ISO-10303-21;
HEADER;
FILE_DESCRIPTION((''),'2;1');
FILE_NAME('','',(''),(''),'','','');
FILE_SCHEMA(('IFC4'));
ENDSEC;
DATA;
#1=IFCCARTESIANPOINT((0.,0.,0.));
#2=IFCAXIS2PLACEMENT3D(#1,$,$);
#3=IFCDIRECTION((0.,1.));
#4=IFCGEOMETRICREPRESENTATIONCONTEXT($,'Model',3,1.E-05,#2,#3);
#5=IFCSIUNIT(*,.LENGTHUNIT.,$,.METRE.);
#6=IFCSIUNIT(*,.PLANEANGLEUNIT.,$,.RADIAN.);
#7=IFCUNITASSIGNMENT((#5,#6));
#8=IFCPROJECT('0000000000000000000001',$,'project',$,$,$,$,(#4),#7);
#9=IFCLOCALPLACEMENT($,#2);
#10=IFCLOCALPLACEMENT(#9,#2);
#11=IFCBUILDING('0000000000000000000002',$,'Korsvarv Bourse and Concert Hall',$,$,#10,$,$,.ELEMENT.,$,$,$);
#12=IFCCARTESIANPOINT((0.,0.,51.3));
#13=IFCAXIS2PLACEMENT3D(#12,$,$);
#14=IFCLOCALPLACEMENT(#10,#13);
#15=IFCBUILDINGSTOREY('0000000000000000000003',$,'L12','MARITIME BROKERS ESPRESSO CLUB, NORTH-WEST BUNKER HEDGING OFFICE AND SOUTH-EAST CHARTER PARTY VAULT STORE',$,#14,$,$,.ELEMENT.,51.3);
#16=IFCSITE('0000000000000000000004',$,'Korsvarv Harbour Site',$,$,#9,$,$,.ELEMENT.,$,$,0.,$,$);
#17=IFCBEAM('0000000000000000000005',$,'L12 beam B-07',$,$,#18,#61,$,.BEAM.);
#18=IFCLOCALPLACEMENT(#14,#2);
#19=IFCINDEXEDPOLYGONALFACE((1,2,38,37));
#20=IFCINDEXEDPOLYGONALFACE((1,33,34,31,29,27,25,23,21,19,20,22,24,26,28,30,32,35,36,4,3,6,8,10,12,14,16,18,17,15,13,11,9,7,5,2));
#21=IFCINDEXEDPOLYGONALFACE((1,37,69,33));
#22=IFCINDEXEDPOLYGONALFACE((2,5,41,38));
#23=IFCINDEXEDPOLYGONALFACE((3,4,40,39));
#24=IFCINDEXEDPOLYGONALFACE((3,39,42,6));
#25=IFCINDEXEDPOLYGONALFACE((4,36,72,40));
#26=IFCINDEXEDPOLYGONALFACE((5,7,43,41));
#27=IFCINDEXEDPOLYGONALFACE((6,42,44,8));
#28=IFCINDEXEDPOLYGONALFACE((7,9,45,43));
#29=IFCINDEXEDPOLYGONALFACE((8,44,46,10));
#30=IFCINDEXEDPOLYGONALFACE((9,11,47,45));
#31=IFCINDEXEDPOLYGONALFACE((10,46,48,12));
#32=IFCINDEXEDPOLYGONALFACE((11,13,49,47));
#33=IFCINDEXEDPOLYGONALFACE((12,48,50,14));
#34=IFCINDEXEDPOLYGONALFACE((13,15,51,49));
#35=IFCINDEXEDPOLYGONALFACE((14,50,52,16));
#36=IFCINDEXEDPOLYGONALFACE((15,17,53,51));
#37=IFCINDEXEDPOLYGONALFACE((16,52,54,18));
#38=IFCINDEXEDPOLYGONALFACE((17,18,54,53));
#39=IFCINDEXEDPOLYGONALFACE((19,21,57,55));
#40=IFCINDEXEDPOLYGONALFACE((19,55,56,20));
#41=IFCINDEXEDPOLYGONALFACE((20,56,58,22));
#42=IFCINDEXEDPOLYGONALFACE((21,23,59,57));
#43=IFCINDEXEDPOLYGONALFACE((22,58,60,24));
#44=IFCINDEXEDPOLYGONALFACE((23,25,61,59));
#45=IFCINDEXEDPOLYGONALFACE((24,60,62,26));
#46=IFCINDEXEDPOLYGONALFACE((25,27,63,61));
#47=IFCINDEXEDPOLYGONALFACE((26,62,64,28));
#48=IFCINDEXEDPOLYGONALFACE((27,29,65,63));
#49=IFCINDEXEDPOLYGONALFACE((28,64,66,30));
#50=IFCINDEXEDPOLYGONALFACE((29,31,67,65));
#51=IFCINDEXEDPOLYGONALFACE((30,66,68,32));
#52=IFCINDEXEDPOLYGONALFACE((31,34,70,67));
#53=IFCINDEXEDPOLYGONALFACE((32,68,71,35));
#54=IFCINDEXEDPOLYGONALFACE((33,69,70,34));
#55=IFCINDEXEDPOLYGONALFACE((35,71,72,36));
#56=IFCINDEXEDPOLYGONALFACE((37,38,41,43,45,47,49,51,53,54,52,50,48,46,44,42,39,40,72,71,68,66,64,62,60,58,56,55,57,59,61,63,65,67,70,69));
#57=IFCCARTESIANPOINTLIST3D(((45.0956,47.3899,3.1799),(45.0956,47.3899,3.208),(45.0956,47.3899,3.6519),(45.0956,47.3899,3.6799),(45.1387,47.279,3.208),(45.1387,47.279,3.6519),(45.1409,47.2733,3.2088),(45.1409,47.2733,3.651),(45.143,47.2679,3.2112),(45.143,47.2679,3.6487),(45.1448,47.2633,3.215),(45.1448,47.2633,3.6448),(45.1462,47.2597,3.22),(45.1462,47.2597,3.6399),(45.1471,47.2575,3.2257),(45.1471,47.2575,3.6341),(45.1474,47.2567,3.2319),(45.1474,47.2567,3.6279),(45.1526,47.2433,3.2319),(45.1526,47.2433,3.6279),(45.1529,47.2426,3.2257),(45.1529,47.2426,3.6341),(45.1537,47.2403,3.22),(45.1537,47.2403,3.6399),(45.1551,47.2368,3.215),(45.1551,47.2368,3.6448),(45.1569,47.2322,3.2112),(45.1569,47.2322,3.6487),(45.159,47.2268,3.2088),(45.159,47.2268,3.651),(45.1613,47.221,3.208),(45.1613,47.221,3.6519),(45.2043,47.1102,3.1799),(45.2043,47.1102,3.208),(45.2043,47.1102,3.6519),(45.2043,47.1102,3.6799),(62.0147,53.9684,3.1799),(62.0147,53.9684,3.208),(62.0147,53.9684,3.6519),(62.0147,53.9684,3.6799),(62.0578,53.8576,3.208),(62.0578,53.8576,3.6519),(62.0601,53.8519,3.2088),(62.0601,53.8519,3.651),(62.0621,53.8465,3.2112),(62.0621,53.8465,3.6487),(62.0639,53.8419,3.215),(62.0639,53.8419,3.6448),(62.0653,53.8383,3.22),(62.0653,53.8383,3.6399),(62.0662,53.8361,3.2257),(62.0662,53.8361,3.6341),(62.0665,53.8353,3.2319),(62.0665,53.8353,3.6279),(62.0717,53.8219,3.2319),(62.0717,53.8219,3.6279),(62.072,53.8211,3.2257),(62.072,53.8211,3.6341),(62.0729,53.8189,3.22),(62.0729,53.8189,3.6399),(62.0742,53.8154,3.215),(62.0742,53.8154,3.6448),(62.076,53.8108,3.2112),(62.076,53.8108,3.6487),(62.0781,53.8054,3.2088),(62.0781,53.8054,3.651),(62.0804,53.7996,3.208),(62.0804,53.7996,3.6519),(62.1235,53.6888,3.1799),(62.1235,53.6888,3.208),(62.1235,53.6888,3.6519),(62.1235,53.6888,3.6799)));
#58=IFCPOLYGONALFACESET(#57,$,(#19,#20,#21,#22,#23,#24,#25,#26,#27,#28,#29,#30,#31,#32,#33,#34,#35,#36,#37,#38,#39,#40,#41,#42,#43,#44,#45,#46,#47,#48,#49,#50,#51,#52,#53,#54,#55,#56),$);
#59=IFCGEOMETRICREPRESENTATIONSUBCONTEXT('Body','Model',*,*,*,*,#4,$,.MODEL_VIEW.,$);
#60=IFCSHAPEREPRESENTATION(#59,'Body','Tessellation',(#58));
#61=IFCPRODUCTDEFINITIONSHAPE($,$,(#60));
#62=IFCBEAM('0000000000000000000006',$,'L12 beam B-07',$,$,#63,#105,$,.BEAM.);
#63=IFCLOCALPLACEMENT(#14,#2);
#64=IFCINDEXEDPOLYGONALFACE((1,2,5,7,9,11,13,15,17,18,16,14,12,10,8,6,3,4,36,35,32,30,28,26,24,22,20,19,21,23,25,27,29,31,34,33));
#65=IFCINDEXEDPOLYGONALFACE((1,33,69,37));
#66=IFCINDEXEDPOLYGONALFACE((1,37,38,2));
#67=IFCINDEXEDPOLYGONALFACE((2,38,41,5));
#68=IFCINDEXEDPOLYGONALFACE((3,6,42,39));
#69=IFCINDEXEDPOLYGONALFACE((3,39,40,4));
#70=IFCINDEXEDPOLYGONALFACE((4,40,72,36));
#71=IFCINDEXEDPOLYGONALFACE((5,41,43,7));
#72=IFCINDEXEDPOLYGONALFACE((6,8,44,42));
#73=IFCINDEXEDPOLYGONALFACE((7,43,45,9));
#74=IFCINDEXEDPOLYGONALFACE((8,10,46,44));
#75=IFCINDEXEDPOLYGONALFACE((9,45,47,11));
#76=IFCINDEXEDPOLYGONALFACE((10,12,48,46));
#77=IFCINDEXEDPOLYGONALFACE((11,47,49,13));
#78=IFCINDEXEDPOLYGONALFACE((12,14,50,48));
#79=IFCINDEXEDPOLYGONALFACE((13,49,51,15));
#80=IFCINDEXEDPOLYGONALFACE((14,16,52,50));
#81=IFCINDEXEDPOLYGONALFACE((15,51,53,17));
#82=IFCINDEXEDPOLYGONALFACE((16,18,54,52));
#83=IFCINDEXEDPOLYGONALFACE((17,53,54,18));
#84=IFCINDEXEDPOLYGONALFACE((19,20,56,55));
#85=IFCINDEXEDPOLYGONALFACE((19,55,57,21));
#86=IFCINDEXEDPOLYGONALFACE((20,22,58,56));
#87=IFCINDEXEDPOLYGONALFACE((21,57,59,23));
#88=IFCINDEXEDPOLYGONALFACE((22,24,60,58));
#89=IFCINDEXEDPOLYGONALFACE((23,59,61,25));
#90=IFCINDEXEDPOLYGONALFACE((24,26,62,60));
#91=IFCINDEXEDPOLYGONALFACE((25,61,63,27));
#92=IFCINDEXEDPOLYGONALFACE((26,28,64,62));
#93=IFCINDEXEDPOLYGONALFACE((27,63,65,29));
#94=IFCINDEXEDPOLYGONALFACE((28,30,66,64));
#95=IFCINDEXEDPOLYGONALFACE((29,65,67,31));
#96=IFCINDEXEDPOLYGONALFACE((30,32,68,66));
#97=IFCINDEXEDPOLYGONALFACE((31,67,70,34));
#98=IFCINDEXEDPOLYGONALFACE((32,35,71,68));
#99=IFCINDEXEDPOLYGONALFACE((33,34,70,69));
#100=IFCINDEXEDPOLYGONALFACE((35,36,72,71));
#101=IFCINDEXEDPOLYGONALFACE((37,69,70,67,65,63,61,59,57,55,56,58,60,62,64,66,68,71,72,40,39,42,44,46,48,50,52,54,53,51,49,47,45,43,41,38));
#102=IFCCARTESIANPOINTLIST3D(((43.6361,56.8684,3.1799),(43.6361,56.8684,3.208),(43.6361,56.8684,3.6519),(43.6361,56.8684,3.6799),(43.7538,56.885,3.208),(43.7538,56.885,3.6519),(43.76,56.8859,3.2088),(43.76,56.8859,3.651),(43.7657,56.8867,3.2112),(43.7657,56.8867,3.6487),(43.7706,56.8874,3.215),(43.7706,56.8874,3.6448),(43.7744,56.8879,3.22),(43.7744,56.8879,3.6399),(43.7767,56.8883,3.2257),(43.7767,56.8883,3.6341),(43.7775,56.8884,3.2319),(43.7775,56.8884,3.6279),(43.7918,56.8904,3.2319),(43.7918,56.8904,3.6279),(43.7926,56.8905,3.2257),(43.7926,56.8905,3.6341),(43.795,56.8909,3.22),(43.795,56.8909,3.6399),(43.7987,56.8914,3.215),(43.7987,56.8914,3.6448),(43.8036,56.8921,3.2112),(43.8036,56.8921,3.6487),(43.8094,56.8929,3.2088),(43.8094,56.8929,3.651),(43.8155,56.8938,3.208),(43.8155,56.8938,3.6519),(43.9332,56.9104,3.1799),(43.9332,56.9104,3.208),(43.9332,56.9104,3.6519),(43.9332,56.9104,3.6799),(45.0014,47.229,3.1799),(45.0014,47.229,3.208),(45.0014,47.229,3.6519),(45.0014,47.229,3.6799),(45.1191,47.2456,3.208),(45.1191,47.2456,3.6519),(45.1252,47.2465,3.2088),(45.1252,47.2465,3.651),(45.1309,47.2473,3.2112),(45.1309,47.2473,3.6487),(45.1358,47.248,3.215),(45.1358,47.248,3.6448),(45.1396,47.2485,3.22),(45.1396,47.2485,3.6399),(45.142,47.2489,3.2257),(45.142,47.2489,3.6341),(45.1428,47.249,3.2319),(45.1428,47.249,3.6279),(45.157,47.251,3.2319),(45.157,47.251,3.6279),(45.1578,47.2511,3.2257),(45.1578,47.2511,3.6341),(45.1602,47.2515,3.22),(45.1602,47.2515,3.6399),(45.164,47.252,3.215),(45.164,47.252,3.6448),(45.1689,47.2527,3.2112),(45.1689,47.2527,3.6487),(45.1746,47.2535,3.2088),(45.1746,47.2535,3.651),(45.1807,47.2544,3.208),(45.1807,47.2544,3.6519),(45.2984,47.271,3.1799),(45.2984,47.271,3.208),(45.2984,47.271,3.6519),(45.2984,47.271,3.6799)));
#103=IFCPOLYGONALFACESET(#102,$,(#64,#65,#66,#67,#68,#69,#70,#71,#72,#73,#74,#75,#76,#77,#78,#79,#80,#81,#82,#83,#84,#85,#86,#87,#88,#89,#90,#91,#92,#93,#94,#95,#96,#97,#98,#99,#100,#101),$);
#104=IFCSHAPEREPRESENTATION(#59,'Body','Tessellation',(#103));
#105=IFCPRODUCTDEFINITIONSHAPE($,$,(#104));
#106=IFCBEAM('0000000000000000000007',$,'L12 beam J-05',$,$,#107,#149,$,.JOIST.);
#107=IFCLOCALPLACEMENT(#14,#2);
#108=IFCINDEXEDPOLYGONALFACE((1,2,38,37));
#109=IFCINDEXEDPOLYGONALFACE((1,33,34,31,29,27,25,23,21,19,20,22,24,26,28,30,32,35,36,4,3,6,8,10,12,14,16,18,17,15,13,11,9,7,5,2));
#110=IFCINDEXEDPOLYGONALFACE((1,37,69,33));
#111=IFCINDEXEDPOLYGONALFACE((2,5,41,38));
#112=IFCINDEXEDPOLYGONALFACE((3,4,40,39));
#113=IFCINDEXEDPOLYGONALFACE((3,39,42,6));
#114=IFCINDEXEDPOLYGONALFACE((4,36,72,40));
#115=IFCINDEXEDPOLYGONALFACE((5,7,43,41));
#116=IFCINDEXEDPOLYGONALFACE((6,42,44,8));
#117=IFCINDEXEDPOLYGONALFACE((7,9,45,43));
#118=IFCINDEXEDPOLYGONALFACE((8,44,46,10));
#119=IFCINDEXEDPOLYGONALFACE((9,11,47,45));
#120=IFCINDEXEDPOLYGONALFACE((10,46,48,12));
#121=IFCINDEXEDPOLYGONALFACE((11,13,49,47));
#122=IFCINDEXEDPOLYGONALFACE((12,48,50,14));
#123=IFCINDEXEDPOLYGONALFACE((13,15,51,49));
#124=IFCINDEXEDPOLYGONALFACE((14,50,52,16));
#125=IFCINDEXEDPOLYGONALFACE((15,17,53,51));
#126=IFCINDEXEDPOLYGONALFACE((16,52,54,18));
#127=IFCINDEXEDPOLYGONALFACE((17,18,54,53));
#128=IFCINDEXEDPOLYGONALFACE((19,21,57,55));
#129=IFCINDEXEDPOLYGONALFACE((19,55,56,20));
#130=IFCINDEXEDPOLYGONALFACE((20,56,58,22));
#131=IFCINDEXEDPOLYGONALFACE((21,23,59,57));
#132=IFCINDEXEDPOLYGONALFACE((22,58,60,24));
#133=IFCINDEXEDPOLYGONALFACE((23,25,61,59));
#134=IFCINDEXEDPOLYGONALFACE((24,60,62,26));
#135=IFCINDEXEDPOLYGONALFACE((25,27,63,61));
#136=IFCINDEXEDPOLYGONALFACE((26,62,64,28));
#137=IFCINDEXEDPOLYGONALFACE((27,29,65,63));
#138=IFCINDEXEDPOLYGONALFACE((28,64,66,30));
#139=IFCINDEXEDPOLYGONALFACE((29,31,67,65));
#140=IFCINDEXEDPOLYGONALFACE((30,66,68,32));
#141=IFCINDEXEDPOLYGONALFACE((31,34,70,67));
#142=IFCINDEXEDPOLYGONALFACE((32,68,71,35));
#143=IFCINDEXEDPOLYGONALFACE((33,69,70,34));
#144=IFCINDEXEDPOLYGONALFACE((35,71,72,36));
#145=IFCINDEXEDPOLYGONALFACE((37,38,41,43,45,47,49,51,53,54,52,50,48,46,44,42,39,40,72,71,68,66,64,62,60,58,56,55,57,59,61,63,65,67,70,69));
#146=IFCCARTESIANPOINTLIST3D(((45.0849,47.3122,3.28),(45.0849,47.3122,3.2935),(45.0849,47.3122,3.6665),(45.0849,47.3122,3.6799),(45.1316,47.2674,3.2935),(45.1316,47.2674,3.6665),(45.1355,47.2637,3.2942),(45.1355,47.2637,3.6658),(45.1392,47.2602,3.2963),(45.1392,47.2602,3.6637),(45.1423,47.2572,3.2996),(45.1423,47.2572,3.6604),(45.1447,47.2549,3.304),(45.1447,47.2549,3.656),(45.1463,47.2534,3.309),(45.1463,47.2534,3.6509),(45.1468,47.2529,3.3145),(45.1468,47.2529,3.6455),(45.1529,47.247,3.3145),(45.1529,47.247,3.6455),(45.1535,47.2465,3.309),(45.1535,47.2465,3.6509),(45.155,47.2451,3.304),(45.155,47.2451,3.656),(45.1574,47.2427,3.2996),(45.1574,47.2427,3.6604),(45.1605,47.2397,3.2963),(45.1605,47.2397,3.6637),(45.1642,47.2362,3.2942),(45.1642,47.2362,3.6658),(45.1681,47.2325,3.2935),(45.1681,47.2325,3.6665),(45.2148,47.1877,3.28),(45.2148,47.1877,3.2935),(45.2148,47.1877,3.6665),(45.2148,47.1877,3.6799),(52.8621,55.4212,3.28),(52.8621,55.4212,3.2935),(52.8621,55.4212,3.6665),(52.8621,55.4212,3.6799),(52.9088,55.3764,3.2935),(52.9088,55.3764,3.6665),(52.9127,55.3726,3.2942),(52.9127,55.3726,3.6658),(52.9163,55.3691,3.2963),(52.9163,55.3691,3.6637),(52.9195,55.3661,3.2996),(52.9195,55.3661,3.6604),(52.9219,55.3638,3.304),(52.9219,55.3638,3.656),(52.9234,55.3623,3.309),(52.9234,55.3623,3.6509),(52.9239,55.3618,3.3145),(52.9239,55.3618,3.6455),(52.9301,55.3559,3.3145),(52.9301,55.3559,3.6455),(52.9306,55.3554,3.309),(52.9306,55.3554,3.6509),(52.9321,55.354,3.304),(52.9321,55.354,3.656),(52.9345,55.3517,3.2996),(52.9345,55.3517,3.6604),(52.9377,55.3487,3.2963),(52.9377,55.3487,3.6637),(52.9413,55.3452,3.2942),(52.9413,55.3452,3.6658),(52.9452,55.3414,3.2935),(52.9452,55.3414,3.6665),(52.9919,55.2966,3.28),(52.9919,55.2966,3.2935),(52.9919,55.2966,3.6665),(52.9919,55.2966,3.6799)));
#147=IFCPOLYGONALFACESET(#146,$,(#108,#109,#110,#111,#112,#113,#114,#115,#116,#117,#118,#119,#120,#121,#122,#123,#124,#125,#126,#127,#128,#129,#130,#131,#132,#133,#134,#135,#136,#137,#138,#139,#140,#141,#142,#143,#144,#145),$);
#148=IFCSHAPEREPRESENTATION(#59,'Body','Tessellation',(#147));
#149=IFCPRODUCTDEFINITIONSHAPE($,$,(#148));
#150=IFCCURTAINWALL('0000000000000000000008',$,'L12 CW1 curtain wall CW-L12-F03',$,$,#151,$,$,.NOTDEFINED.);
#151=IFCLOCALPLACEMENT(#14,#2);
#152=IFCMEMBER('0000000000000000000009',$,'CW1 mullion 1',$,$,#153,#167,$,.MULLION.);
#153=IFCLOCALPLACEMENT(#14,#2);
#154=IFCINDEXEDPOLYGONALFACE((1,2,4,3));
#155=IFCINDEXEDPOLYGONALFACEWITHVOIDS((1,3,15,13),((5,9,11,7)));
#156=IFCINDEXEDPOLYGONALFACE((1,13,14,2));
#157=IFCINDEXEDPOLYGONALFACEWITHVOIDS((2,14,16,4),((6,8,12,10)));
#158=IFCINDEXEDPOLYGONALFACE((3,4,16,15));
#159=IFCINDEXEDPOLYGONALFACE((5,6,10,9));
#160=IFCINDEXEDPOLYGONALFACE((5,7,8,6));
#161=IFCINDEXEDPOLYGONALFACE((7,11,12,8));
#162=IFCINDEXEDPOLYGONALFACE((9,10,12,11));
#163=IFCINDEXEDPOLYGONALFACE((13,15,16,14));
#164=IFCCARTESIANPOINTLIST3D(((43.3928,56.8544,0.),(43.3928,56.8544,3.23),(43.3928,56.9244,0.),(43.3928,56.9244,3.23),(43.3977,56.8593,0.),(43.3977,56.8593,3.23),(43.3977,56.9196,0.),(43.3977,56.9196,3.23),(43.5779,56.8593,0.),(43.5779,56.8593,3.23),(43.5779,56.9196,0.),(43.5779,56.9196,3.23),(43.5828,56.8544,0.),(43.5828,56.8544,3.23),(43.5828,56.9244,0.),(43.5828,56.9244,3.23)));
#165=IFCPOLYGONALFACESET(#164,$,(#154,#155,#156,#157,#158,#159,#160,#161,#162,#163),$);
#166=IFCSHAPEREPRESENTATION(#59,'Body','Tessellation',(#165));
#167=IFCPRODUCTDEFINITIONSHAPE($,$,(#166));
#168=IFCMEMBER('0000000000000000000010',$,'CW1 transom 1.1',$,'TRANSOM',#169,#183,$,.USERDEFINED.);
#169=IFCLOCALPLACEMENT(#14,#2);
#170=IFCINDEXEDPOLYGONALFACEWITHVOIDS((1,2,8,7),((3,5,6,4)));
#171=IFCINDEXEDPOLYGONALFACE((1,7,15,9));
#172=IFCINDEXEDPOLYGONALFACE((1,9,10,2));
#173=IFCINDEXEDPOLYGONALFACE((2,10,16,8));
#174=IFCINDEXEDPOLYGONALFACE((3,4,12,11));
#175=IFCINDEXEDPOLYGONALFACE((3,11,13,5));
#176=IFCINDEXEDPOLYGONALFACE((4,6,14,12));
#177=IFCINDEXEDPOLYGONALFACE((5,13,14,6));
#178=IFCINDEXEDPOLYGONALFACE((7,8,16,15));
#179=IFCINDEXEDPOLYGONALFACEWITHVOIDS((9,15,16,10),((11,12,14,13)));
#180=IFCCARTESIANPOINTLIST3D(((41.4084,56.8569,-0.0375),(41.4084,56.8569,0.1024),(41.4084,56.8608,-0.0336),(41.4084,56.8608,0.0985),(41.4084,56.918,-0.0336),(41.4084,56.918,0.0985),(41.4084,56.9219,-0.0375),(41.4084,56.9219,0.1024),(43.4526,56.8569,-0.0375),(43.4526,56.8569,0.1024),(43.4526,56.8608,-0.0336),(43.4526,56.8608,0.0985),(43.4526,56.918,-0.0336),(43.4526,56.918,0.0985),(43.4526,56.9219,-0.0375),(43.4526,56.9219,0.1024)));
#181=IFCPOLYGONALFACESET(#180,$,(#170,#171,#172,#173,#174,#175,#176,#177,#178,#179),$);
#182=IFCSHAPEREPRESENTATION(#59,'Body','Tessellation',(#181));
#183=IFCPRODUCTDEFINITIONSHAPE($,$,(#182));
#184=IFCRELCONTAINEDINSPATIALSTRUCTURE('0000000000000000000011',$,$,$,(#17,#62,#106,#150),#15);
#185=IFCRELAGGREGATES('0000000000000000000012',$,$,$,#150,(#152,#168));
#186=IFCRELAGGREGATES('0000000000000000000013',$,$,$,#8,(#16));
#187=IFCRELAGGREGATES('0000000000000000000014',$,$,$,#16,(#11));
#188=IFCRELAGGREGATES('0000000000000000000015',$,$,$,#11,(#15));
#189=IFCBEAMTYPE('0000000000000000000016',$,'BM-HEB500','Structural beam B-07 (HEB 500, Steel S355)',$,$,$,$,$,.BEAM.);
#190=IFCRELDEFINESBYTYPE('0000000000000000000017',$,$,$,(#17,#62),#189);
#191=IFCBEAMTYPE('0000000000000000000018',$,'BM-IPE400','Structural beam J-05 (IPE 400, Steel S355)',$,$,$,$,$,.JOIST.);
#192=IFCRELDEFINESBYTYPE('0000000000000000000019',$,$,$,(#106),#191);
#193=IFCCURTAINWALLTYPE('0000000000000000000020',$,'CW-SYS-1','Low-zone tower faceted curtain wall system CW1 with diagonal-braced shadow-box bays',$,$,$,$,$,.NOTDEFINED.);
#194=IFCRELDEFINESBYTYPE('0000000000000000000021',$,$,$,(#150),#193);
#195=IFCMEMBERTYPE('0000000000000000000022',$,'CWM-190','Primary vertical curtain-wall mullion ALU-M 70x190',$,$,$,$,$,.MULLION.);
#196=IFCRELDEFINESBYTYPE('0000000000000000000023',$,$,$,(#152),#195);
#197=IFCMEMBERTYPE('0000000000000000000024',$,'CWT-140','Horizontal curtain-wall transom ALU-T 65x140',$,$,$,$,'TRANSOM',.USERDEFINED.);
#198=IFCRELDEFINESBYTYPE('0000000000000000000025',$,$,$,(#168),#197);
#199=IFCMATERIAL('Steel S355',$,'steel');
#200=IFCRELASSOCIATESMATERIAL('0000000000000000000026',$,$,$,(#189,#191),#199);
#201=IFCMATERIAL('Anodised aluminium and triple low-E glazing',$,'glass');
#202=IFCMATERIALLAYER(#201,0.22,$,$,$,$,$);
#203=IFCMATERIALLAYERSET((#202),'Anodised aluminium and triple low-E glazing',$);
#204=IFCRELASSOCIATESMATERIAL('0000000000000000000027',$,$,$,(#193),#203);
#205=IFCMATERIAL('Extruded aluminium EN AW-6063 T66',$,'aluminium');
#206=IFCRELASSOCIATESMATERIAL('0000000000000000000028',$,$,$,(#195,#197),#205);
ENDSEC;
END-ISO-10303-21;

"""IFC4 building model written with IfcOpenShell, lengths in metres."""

from ifc_helpers import new_model, si_unit, direction, frame, origin, origin_2d, place, context, subcontext, project, spatial, hollow_rectangle, i_section, extrude, source, transform, mapped, material, layer, layer_set, material_profile, profile_set, type_object, element, aggregate, save


model = new_model("IFC4")

# Units and contexts
model_context = context("Model", 3, precision=1e-05, world=origin(), true_north=direction((0.0, 1.0)))
body_context = subcontext(model_context, "Body", "Model", "MODEL_VIEW")
ifc_project = project(units=[si_unit("LENGTHUNIT", "METRE"), si_unit("PLANEANGLEUNIT", "RADIAN")], contexts=[model_context])

# Site, building, storey
site_placement = place(None, origin())
site = spatial("IfcSite", under=ifc_project, at=site_placement, Name="Korsvarv Harbour Site", CompositionType="ELEMENT", RefElevation=0.0)
building_placement = place(site_placement, origin())
building = spatial("IfcBuilding", under=site, at=building_placement, Name="Korsvarv Bourse and Concert Hall", CompositionType="ELEMENT")
storey_placement = place(building_placement, frame((0.0, 0.0, 51.3)))
storey = spatial("IfcBuildingStorey", under=building, at=storey_placement, Name="L12", Description="MARITIME BROKERS ESPRESSO CLUB, NORTH-WEST BUNKER HEDGING OFFICE AND SOUTH-EAST CHARTER PARTY VAULT STORE", CompositionType="ELEMENT", Elevation=51.3)

# Beams
ifc_material_1 = material(Name="Steel S355", Category="steel")
ifc_material_profile_1 = material_profile(ifc_material_1, i_section(OverallWidth=0.3, OverallDepth=0.5, WebThickness=0.0144, FlangeThickness=0.0281, FilletRadius=0.0239, at=origin_2d()), Name="HEB 500")
ifc_profile_set_1 = profile_set([ifc_material_profile_1], Name="Steel S355")
beam_type_1 = type_object("IfcBeamType", Name="BM-HEB500", Description="Structural beam B-07 (HEB 500, Steel S355)", PredefinedType="BEAM", material=ifc_profile_set_1)
shared_shape_1 = source(origin(), body_context, "Body", "SweptSolid", [
    extrude(i_section(OverallWidth=0.3, OverallDepth=0.5, WebThickness=0.0144, FlangeThickness=0.0281, FilletRadius=0.0239, at=origin_2d()), origin(), (0.0, 0.0, 1.0), 18.1531),
])
beam_1_placement = place(storey_placement, frame((62.0691, 53.8286, 3.4299), z_axis=(-0.932025, -0.362395, 0.0), x_axis=(0.362395, -0.932025, 0.0)))
element("IfcBeam", 1, at=beam_1_placement, inside=storey, type_object=beam_type_1, Name="L12 beam B-07", PredefinedType="BEAM", context=body_context, shape_type="MappedRepresentation", body=[
    mapped(shared_shape_1, transform((0.0, 0.0, 0.0), scale=1.0)),
])
shared_shape_2 = source(origin(), body_context, "Body", "SweptSolid", [
    extrude(i_section(OverallWidth=0.3, OverallDepth=0.5, WebThickness=0.0144, FlangeThickness=0.0281, FilletRadius=0.0239, at=origin_2d()), origin(), (0.0, 0.0, 1.0), 9.7356),
])
beam_2_placement = place(storey_placement, frame((43.7847, 56.8894, 3.4299), z_axis=(0.140231, -0.990119, 0.0), x_axis=(0.990119, 0.140231, 0.0)))
element("IfcBeam", 2, at=beam_2_placement, inside=storey, type_object=beam_type_1, Name="L12 beam B-07", PredefinedType="BEAM", context=body_context, shape_type="MappedRepresentation", body=[
    mapped(shared_shape_2, transform((0.0, 0.0, 0.0), scale=1.0)),
])
ifc_material_profile_2 = material_profile(ifc_material_1, i_section(OverallWidth=0.1799, OverallDepth=0.3999, WebThickness=0.0085, FlangeThickness=0.0134, FilletRadius=0.021, at=origin_2d()), Name="IPE 400")
ifc_profile_set_2 = profile_set([ifc_material_profile_2], Name="Steel S355")
beam_type_2 = type_object("IfcBeamType", Name="BM-IPE400", Description="Structural beam J-05 (IPE 400, Steel S355)", PredefinedType="JOIST", material=ifc_profile_set_2)
shared_shape_3 = source(origin(), body_context, "Body", "SweptSolid", [
    extrude(i_section(OverallWidth=0.1799, OverallDepth=0.3999, WebThickness=0.0085, FlangeThickness=0.0134, FilletRadius=0.021, at=origin_2d()), origin(), (0.0, 0.0, 1.0), 11.2356),
])
beam_3_placement = place(storey_placement, frame((52.927, 55.3589, 3.48), z_axis=(-0.692188, -0.721718, 0.0), x_axis=(0.721718, -0.692188, 0.0)))
element("IfcBeam", 3, at=beam_3_placement, inside=storey, type_object=beam_type_2, Name="L12 beam J-05", PredefinedType="JOIST", context=body_context, shape_type="MappedRepresentation", body=[
    mapped(shared_shape_3, transform((0.0, 0.0, 0.0), scale=1.0)),
])

# Curtain wall, members
ifc_material_2 = material(Name="Anodised aluminium and triple low-E glazing", Category="glass")
ifc_layer_1 = layer(ifc_material_2, 0.22)
ifc_layer_set_1 = layer_set([ifc_layer_1], Name="Anodised aluminium and triple low-E glazing")
curtain_wall_type = type_object("IfcCurtainWallType", Name="CW-SYS-1", Description="Low-zone tower faceted curtain wall system CW1 with diagonal-braced shadow-box bays", PredefinedType="NOTDEFINED", material=ifc_layer_set_1)
curtain_wall_placement = place(storey_placement, origin())
curtain_wall = element("IfcCurtainWall", 4, at=curtain_wall_placement, inside=storey, type_object=curtain_wall_type, Name="L12 CW1 curtain wall CW-L12-F03", PredefinedType="NOTDEFINED")
ifc_material_3 = material(Name="Extruded aluminium EN AW-6063 T66", Category="aluminium")
ifc_material_profile_3 = material_profile(ifc_material_3, hollow_rectangle(XDim=0.0701, YDim=0.1899, WallThickness=0.0049, at=origin_2d()), Name="ALU-M 70x190")
ifc_profile_set_3 = profile_set([ifc_material_profile_3], Name="Extruded aluminium EN AW-6063 T66")
member_type_1 = type_object("IfcMemberType", Name="CWM-190", Description="Primary vertical curtain-wall mullion ALU-M 70x190", PredefinedType="MULLION", material=ifc_profile_set_3)
shared_shape_4 = source(origin(), body_context, "Body", "SweptSolid", [
    extrude(hollow_rectangle(XDim=0.0701, YDim=0.1899, WallThickness=0.0049, at=origin_2d()), origin(), (0.0, 0.0, 1.0), 3.23),
])
member_1_placement = place(storey_placement, frame((43.4878, 56.8894, 0.0), z_axis=(0.0, 0.0, 1.0), x_axis=(0.0, -1.0, 0.0)))
member_1 = element("IfcMember", 5, at=member_1_placement, type_object=member_type_1, Name="CW1 mullion 1", PredefinedType="MULLION", context=body_context, shape_type="MappedRepresentation", body=[
    mapped(shared_shape_4, transform((0.0, 0.0, 0.0), scale=1.0)),
])
ifc_material_profile_4 = material_profile(ifc_material_3, hollow_rectangle(XDim=0.0649, YDim=0.1399, WallThickness=0.0039, at=origin_2d()), Name="ALU-T 65x140")
ifc_profile_set_4 = profile_set([ifc_material_profile_4], Name="Extruded aluminium EN AW-6063 T66")
member_type_2 = type_object("IfcMemberType", Name="CWT-140", Description="Horizontal curtain-wall transom ALU-T 65x140", ElementType="TRANSOM", PredefinedType="USERDEFINED", material=ifc_profile_set_4)
shared_shape_5 = source(origin(), body_context, "Body", "SweptSolid", [
    extrude(hollow_rectangle(XDim=0.0649, YDim=0.1399, WallThickness=0.0039, at=origin_2d()), origin(), (0.0, 0.0, 1.0), 2.0442),
])
member_2_placement = place(storey_placement, frame((43.4526, 56.8894, 0.0325), z_axis=(-1.0, 0.0, 0.0), x_axis=(0.0, -1.0, 0.0)))
member_2 = element("IfcMember", 6, at=member_2_placement, type_object=member_type_2, Name="CW1 transom 1.1", ObjectType="TRANSOM", PredefinedType="USERDEFINED", context=body_context, shape_type="MappedRepresentation", body=[
    mapped(shared_shape_5, transform((0.0, 0.0, 0.0), scale=1.0)),
])
aggregate(curtain_wall, [member_1, member_2])

save(model, "model.ifc")
